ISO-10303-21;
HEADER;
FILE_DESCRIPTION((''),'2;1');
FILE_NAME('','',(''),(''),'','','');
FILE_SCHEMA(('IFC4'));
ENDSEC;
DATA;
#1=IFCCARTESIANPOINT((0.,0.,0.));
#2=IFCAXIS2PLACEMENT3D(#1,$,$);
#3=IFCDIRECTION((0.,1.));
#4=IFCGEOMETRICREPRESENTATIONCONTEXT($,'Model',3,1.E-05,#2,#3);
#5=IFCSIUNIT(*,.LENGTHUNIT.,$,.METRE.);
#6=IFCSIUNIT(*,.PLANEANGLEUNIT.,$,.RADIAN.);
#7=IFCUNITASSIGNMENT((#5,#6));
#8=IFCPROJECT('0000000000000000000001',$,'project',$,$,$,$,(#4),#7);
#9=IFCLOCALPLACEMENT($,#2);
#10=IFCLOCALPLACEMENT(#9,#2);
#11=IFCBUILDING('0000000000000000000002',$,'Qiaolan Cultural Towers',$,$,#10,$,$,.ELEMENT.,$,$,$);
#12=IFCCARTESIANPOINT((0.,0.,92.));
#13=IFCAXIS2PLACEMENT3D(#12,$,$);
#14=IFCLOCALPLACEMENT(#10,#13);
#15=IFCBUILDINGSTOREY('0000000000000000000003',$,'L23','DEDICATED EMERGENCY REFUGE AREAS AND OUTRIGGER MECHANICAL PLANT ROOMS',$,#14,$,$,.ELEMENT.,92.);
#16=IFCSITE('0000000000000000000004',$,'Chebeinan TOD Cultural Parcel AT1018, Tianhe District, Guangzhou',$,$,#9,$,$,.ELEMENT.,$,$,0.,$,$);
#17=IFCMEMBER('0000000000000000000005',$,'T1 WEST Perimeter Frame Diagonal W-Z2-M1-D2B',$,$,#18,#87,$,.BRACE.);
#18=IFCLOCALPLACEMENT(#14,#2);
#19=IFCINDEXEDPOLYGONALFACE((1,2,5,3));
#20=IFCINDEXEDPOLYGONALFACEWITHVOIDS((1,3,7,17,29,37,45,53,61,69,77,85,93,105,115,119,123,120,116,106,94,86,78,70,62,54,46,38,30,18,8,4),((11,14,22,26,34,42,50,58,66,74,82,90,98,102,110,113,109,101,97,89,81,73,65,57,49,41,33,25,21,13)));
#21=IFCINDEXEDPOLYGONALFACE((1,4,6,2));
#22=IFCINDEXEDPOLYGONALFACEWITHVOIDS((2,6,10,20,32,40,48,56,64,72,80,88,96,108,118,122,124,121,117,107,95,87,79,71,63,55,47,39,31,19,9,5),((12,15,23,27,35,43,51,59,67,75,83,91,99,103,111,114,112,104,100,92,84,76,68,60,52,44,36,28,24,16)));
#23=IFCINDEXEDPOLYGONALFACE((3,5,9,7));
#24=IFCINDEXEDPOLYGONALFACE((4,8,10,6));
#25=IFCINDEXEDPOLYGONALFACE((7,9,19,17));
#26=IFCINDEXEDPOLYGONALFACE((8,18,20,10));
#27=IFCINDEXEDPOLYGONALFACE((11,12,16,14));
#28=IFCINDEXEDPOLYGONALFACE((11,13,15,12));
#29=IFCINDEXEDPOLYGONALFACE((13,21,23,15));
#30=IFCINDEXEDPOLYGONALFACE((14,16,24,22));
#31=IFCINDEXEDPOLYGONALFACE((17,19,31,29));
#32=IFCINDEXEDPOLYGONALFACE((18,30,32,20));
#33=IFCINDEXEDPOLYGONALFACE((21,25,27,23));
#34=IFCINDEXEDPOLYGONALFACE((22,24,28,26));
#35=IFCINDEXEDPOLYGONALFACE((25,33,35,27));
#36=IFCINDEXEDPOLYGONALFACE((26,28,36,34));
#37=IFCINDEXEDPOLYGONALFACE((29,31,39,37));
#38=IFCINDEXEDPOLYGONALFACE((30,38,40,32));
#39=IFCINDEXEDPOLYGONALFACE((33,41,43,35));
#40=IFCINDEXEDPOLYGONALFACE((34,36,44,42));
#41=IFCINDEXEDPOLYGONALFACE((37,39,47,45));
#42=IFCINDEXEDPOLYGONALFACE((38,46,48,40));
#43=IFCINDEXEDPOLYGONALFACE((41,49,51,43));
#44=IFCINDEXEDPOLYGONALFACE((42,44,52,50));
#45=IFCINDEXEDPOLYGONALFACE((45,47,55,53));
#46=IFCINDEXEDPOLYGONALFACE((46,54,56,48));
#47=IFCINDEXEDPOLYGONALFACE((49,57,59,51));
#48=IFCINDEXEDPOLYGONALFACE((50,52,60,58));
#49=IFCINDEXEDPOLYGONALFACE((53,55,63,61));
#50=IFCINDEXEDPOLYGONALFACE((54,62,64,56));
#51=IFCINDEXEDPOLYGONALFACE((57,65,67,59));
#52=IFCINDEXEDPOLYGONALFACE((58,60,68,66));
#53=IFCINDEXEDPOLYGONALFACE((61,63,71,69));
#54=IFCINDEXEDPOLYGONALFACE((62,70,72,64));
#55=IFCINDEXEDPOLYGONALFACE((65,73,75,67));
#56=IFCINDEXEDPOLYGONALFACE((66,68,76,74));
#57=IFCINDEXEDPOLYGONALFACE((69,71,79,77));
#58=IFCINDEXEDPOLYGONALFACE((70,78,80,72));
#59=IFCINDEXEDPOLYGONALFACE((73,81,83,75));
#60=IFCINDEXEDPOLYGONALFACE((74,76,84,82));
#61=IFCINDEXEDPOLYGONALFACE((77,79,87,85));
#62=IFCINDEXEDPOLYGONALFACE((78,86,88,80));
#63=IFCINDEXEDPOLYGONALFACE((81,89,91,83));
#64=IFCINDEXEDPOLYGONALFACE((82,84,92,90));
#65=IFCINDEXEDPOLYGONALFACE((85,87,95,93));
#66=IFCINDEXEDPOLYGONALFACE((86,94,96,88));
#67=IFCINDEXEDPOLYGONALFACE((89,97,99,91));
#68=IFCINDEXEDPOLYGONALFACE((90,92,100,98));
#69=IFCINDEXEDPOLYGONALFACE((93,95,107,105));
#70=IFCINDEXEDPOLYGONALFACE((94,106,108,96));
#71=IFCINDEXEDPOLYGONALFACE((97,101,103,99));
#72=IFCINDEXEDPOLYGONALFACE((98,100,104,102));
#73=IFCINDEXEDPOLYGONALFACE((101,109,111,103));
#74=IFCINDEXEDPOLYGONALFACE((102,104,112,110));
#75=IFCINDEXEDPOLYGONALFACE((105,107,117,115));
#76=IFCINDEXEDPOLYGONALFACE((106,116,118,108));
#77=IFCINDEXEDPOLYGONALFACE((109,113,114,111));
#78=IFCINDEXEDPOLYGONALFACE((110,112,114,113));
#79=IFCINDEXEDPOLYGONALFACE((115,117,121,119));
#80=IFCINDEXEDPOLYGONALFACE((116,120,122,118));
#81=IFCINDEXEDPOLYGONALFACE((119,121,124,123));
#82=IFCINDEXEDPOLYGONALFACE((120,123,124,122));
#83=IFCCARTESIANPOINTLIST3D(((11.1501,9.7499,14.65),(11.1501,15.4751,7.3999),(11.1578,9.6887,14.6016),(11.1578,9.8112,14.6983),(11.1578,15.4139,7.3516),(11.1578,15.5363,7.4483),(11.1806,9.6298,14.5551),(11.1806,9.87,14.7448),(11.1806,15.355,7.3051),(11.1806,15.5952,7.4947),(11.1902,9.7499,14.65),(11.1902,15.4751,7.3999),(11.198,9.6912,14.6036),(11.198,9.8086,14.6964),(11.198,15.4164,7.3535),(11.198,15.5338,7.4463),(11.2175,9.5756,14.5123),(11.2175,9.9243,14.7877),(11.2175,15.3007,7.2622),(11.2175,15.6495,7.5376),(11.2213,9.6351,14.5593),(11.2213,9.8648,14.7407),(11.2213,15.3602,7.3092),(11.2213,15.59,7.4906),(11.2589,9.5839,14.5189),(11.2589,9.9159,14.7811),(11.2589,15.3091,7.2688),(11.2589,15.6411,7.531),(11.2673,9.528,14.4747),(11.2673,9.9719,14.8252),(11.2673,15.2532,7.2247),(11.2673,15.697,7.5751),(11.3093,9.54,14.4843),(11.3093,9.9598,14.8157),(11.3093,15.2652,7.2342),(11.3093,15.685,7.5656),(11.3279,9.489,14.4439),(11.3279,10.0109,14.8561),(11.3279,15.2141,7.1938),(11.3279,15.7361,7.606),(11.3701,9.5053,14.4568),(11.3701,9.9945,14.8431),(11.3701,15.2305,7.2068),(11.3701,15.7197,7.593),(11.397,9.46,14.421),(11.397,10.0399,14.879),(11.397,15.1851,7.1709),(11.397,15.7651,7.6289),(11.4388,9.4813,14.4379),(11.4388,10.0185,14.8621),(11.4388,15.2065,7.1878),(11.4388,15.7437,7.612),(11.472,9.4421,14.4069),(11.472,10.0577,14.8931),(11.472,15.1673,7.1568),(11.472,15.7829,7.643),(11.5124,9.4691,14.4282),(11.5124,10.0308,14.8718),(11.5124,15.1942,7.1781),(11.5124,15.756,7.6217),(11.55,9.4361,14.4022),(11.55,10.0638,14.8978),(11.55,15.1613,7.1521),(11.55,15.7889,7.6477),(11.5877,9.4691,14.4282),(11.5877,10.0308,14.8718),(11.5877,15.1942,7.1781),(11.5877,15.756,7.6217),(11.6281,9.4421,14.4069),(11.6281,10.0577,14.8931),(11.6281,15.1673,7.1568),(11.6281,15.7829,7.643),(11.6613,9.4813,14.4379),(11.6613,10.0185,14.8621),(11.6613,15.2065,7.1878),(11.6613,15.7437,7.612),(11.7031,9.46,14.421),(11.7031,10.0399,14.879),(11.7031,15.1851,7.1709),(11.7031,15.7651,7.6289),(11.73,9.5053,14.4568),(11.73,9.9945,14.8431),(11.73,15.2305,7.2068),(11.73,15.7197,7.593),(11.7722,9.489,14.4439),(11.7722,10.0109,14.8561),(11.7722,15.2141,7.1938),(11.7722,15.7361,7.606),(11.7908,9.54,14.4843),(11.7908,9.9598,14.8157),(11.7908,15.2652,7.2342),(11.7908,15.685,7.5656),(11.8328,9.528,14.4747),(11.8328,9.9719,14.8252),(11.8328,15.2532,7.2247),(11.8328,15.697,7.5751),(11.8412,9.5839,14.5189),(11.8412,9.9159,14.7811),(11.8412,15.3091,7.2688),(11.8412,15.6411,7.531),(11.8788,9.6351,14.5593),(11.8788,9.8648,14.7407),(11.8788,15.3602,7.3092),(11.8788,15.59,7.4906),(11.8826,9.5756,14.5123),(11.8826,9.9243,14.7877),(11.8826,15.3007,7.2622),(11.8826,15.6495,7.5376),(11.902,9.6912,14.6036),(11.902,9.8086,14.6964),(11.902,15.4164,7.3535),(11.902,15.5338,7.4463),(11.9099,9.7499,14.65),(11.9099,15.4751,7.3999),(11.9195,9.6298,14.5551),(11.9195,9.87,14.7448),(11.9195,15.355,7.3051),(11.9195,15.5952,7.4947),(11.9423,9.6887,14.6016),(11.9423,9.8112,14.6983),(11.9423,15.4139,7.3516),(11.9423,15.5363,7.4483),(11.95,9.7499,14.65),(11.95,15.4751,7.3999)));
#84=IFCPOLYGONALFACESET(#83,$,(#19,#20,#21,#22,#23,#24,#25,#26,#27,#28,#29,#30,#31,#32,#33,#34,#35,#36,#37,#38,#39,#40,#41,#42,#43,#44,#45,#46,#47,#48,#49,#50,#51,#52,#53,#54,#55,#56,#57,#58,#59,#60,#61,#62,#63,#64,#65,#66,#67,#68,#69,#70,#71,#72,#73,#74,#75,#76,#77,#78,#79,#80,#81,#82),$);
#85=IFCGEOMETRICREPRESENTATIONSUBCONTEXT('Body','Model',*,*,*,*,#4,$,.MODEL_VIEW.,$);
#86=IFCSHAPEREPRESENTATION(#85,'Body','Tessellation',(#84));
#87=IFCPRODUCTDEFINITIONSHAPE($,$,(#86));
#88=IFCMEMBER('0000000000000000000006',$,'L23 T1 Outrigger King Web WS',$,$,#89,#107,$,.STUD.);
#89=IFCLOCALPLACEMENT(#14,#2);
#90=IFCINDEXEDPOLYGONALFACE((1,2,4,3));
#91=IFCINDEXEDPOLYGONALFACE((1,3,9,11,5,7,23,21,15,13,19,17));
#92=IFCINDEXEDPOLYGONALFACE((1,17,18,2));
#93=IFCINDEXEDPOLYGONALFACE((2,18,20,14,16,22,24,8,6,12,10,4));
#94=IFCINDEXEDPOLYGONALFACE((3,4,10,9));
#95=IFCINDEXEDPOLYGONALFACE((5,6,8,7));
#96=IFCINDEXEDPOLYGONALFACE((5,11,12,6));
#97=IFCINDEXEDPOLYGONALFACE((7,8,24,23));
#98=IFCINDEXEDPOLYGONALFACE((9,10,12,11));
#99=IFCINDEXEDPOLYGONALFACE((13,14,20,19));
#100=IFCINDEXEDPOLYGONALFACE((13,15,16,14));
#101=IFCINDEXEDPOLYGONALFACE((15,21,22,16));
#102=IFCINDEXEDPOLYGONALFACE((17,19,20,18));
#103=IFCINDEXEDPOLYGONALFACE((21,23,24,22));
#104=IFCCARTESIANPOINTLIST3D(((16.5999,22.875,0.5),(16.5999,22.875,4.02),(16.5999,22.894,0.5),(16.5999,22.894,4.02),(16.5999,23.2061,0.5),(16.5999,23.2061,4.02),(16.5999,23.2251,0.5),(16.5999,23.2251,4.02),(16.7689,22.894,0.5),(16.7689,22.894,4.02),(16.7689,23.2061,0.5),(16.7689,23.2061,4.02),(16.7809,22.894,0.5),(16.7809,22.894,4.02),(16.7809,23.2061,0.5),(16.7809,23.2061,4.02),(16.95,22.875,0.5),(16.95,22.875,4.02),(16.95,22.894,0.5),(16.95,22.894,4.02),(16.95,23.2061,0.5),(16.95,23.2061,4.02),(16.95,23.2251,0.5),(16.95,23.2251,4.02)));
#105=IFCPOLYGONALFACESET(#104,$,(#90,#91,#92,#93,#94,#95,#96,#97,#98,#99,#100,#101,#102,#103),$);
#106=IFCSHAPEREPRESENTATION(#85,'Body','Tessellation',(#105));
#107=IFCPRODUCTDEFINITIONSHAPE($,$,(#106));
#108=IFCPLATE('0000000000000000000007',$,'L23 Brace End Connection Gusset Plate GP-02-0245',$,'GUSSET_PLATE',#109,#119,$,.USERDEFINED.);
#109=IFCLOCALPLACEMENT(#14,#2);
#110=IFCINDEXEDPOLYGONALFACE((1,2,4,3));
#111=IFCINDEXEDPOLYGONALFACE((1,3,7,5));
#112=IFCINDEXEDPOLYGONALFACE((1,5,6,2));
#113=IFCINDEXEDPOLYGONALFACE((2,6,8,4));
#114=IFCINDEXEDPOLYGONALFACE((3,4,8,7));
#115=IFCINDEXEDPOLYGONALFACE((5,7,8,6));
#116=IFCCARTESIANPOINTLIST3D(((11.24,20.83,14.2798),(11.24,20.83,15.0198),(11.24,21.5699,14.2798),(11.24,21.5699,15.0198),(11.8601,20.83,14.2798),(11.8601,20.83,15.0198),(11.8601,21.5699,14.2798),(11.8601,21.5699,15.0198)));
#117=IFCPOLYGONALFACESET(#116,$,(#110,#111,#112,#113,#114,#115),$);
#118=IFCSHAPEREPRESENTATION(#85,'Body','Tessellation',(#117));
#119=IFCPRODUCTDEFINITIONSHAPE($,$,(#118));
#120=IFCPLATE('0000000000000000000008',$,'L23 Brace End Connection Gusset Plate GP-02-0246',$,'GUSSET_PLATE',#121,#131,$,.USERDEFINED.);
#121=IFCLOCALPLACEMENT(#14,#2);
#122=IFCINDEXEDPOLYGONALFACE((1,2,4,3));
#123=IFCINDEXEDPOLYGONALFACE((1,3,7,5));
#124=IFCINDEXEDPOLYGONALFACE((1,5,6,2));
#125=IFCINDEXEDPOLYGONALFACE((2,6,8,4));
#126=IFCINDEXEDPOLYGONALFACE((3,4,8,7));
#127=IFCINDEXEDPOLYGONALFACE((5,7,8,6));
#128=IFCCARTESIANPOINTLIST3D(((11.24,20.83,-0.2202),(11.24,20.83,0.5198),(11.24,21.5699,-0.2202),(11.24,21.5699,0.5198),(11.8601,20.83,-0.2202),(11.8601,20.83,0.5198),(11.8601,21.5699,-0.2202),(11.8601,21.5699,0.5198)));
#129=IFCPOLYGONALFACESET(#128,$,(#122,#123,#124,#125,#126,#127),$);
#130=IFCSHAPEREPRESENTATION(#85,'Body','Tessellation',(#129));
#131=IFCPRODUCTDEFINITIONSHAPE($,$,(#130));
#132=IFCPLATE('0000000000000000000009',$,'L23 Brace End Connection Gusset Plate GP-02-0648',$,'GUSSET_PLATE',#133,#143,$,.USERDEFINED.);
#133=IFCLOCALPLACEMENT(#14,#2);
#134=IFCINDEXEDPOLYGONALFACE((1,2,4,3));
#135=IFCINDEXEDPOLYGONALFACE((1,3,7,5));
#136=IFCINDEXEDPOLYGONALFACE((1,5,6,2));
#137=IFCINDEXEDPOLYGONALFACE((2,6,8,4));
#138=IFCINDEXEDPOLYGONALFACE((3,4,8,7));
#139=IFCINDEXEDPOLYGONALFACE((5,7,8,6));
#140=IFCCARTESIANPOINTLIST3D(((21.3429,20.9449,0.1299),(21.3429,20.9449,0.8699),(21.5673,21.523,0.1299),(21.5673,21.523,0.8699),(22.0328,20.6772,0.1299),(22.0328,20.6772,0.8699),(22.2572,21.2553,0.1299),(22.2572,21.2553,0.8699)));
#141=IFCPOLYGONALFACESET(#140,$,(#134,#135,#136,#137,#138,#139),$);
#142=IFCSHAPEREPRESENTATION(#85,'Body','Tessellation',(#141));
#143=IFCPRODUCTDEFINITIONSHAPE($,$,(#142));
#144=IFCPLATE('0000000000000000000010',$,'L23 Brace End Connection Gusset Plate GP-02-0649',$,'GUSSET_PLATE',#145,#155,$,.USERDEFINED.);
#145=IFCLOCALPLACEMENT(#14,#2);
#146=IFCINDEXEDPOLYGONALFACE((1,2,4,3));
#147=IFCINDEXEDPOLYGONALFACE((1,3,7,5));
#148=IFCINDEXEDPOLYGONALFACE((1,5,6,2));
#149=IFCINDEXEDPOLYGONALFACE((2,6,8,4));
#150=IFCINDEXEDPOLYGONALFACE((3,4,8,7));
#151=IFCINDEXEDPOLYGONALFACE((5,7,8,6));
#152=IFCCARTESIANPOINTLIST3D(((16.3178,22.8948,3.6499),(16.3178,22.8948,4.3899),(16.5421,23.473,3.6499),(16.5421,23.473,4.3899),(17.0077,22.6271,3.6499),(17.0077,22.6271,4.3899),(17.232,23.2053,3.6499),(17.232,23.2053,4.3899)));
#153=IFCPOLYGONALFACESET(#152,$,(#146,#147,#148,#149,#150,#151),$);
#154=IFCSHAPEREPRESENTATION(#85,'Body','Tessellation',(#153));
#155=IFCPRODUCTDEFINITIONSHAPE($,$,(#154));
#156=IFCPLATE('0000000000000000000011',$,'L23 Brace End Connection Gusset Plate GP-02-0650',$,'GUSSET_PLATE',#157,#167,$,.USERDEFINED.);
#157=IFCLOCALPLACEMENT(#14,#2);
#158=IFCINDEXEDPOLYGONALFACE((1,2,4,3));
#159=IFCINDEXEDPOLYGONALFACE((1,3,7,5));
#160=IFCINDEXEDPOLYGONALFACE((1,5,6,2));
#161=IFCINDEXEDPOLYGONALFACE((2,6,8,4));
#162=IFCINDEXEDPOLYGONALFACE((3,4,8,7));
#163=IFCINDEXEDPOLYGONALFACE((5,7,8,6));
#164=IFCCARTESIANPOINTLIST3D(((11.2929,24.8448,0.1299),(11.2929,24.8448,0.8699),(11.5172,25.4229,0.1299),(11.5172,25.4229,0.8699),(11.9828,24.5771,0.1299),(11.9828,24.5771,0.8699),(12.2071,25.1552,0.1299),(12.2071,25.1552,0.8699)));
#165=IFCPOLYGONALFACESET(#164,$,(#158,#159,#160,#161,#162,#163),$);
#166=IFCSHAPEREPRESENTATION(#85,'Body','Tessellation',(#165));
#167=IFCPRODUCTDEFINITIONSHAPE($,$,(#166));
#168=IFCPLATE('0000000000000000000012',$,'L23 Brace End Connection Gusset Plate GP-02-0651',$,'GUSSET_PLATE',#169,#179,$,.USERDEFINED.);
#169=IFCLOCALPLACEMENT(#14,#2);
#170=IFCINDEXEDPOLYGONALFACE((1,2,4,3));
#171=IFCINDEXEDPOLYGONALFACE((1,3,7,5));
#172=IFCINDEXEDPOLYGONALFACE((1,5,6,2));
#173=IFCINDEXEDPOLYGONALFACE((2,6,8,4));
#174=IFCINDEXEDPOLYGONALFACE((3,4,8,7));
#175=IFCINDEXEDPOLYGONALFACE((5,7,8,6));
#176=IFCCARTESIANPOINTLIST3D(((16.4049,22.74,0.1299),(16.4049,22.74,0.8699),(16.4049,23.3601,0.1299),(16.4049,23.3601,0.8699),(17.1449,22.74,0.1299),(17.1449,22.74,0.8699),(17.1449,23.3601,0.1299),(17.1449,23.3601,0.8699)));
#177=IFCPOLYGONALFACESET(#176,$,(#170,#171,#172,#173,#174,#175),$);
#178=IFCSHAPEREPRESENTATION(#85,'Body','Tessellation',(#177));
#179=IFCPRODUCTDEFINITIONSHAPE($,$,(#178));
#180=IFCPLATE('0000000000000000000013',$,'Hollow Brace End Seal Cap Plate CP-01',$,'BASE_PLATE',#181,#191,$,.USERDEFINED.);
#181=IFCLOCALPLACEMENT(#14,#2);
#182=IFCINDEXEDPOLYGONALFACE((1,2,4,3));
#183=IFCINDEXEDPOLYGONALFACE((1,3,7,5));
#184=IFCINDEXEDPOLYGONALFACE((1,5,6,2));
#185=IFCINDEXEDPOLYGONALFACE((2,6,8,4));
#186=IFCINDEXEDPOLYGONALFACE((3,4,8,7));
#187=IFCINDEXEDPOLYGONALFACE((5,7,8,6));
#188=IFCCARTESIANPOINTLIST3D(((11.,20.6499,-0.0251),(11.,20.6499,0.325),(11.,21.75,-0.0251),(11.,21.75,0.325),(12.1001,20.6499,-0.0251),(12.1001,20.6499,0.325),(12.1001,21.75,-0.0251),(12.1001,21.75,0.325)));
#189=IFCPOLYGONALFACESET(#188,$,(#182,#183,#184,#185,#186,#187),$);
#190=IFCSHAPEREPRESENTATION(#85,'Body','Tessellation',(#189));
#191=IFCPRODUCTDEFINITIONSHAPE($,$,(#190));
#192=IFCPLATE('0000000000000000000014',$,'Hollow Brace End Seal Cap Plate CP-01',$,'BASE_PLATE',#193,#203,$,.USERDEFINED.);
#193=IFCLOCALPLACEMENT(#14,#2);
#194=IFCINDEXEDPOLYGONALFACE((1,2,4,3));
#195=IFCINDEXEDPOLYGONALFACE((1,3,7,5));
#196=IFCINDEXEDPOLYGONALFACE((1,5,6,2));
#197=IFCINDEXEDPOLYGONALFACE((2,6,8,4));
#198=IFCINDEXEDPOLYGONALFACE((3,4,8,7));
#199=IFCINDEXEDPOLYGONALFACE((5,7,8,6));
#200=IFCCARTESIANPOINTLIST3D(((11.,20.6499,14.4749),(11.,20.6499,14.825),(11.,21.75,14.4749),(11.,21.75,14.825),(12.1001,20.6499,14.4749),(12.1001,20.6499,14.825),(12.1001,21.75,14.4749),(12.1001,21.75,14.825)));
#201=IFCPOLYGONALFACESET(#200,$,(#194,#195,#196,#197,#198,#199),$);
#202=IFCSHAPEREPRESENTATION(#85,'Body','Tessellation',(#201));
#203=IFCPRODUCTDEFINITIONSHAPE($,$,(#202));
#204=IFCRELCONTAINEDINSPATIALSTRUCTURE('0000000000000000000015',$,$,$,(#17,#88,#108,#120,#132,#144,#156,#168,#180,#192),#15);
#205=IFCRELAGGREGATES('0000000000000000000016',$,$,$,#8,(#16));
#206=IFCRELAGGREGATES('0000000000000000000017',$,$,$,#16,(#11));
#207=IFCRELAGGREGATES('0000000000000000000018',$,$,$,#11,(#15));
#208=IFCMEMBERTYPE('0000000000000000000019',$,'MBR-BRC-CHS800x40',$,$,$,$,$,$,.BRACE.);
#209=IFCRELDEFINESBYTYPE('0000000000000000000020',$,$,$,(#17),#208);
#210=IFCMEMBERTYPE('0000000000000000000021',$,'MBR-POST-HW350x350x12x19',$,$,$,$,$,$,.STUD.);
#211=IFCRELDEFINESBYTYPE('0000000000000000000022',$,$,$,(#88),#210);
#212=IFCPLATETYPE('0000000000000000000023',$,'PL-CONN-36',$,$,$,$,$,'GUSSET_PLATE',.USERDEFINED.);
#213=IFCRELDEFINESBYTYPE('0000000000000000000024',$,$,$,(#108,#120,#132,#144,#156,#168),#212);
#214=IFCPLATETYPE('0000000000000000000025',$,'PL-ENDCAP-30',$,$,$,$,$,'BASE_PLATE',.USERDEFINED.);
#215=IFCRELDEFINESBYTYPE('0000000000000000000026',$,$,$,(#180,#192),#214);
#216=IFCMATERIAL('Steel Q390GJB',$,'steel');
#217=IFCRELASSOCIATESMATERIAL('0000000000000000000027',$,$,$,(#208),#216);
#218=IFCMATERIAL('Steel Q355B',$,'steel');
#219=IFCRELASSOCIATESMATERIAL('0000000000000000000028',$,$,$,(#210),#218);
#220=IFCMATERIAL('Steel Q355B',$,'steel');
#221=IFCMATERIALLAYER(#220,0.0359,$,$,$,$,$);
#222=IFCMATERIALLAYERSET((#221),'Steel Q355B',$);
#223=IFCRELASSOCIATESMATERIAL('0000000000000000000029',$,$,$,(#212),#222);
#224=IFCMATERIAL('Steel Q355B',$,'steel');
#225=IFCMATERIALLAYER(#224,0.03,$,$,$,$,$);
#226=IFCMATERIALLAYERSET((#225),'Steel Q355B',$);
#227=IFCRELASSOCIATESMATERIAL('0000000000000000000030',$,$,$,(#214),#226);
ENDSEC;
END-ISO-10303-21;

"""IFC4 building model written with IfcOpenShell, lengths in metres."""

from ifc_helpers import new_model, si_unit, direction, frame, origin, origin_2d, place, context, subcontext, project, spatial, rectangle, hollow_circle, i_section, extrude, material, layer, layer_set, material_profile, profile_set, type_object, element, save


model = new_model("IFC4")

# Units and contexts
model_context = context("Model", 3, precision=1e-05, world=origin(), true_north=direction((0.0, 1.0)))
body_context = subcontext(model_context, "Body", "Model", "MODEL_VIEW")
ifc_project = project(units=[si_unit("LENGTHUNIT", "METRE"), si_unit("PLANEANGLEUNIT", "RADIAN")], contexts=[model_context])

# Site, building, storey
site_placement = place(None, origin())
site = spatial("IfcSite", under=ifc_project, at=site_placement, Name="Chebeinan TOD Cultural Parcel AT1018, Tianhe District, Guangzhou", CompositionType="ELEMENT", RefElevation=0.0)
building_placement = place(site_placement, origin())
building = spatial("IfcBuilding", under=site, at=building_placement, Name="Qiaolan Cultural Towers", CompositionType="ELEMENT")
storey_placement = place(building_placement, frame((0.0, 0.0, 92.0)))
storey = spatial("IfcBuildingStorey", under=building, at=storey_placement, Name="L23", Description="DEDICATED EMERGENCY REFUGE AREAS AND OUTRIGGER MECHANICAL PLANT ROOMS", CompositionType="ELEMENT", Elevation=92.0)

# Members
ifc_material_1 = material(Name="Steel Q390GJB", Category="steel")
ifc_material_profile_1 = material_profile(ifc_material_1, hollow_circle(Radius=0.3999, WallThickness=0.04, at=origin_2d()), Name="CHS800x40")
ifc_profile_set_1 = profile_set([ifc_material_profile_1], Name="Steel Q390GJB")
member_type_1 = type_object("IfcMemberType", Name="MBR-BRC-CHS800x40", PredefinedType="BRACE", material=ifc_profile_set_1)
member_1_placement = place(storey_placement, frame((11.55, 15.4751, 7.3999), z_axis=(0.0, -0.619739, 0.784808), x_axis=(1.0, 0.0, 0.0)))
element("IfcMember", 1, at=member_1_placement, inside=storey, type_object=member_type_1, Name="T1 WEST Perimeter Frame Diagonal W-Z2-M1-D2B", PredefinedType="BRACE", context=body_context, shape_type="SweptSolid", body=[
    extrude(hollow_circle(Radius=0.3999, WallThickness=0.04, at=origin_2d()), origin(), (0.0, 0.0, 1.0), 9.238),
])
ifc_material_2 = material(Name="Steel Q355B", Category="steel")
ifc_material_profile_2 = material_profile(ifc_material_2, i_section(OverallWidth=0.3501, OverallDepth=0.3501, WebThickness=0.012, FlangeThickness=0.019, at=origin_2d()), Name="HW350x350x12x19")
ifc_profile_set_2 = profile_set([ifc_material_profile_2], Name="Steel Q355B")
member_type_2 = type_object("IfcMemberType", Name="MBR-POST-HW350x350x12x19", PredefinedType="STUD", material=ifc_profile_set_2)
member_2_placement = place(storey_placement, frame((16.7749, 23.05, 0.5), z_axis=(0.0, 0.0, 1.0), x_axis=(1.0, 0.0, 0.0)))
element("IfcMember", 2, at=member_2_placement, inside=storey, type_object=member_type_2, Name="L23 T1 Outrigger King Web WS", PredefinedType="STUD", context=body_context, shape_type="SweptSolid", body=[
    extrude(i_section(OverallWidth=0.3501, OverallDepth=0.3501, WebThickness=0.012, FlangeThickness=0.019, at=origin_2d()), origin(), (0.0, 0.0, 1.0), 3.52),
])

# Plates
ifc_material_3 = material(Name="Steel Q355B", Category="steel")
ifc_layer_1 = layer(ifc_material_3, 0.0359)
ifc_layer_set_1 = layer_set([ifc_layer_1], Name="Steel Q355B")
plate_type_1 = type_object("IfcPlateType", Name="PL-CONN-36", ElementType="GUSSET_PLATE", PredefinedType="USERDEFINED", material=ifc_layer_set_1)
for number, where, z_axis, x_axis, name in (
    (3, (11.55, 21.2, 14.2798), (0.0, 0.0, 1.0), (0.0, 1.0, 0.0), "L23 Brace End Connection Gusset Plate GP-02-0245"),
    (4, (11.55, 21.2, -0.2202), (0.0, 0.0, 1.0), (0.0, 1.0, 0.0), "L23 Brace End Connection Gusset Plate GP-02-0246"),
    (5, (21.8, 21.1001, 0.1299), (0.0, 0.0, 1.0), (-0.932266, 0.361775, 0.0), "L23 Brace End Connection Gusset Plate GP-02-0648"),
    (6, (16.7749, 23.05, 3.6499), (0.0, 0.0, 1.0), (-0.932266, 0.361775, 0.0), "L23 Brace End Connection Gusset Plate GP-02-0649"),
    (7, (11.75, 25.0, 0.1299), (0.0, 0.0, 1.0), (-0.932266, 0.361775, 0.0), "L23 Brace End Connection Gusset Plate GP-02-0650"),
    (8, (16.7749, 23.05, 0.1299), (0.0, 0.0, 1.0), (1.0, 0.0, 0.0), "L23 Brace End Connection Gusset Plate GP-02-0651"),
):
    element("IfcPlate", number, at=place(storey_placement, frame(where, z_axis=z_axis, x_axis=x_axis)), inside=storey, type_object=plate_type_1, Name=name, ObjectType="GUSSET_PLATE", PredefinedType="USERDEFINED", context=body_context, shape_type="SweptSolid", body=[
        extrude(rectangle(XDim=0.74, YDim=0.6201, at=origin_2d()), origin(), (0.0, 0.0, 1.0), 0.74),
    ])
ifc_material_4 = material(Name="Steel Q355B", Category="steel")
ifc_layer_2 = layer(ifc_material_4, 0.03)
ifc_layer_set_2 = layer_set([ifc_layer_2], Name="Steel Q355B")
plate_type_2 = type_object("IfcPlateType", Name="PL-ENDCAP-30", ElementType="BASE_PLATE", PredefinedType="USERDEFINED", material=ifc_layer_set_2)
for number, where, z_axis, x_axis, name in (
    (9, (11.55, 21.2, -0.0251), (0.0, 0.0, 1.0), (0.0, 1.0, 0.0), "Hollow Brace End Seal Cap Plate CP-01"),
    (10, (11.55, 21.2, 14.4749), (0.0, 0.0, 1.0), (0.0, 1.0, 0.0), "Hollow Brace End Seal Cap Plate CP-01"),
):
    element("IfcPlate", number, at=place(storey_placement, frame(where, z_axis=z_axis, x_axis=x_axis)), inside=storey, type_object=plate_type_2, Name=name, ObjectType="BASE_PLATE", PredefinedType="USERDEFINED", context=body_context, shape_type="SweptSolid", body=[
        extrude(rectangle(XDim=1.1001, YDim=1.1001, at=origin_2d()), origin(), (0.0, 0.0, 1.0), 0.3501),
    ])

save(model, "model.ifc")
